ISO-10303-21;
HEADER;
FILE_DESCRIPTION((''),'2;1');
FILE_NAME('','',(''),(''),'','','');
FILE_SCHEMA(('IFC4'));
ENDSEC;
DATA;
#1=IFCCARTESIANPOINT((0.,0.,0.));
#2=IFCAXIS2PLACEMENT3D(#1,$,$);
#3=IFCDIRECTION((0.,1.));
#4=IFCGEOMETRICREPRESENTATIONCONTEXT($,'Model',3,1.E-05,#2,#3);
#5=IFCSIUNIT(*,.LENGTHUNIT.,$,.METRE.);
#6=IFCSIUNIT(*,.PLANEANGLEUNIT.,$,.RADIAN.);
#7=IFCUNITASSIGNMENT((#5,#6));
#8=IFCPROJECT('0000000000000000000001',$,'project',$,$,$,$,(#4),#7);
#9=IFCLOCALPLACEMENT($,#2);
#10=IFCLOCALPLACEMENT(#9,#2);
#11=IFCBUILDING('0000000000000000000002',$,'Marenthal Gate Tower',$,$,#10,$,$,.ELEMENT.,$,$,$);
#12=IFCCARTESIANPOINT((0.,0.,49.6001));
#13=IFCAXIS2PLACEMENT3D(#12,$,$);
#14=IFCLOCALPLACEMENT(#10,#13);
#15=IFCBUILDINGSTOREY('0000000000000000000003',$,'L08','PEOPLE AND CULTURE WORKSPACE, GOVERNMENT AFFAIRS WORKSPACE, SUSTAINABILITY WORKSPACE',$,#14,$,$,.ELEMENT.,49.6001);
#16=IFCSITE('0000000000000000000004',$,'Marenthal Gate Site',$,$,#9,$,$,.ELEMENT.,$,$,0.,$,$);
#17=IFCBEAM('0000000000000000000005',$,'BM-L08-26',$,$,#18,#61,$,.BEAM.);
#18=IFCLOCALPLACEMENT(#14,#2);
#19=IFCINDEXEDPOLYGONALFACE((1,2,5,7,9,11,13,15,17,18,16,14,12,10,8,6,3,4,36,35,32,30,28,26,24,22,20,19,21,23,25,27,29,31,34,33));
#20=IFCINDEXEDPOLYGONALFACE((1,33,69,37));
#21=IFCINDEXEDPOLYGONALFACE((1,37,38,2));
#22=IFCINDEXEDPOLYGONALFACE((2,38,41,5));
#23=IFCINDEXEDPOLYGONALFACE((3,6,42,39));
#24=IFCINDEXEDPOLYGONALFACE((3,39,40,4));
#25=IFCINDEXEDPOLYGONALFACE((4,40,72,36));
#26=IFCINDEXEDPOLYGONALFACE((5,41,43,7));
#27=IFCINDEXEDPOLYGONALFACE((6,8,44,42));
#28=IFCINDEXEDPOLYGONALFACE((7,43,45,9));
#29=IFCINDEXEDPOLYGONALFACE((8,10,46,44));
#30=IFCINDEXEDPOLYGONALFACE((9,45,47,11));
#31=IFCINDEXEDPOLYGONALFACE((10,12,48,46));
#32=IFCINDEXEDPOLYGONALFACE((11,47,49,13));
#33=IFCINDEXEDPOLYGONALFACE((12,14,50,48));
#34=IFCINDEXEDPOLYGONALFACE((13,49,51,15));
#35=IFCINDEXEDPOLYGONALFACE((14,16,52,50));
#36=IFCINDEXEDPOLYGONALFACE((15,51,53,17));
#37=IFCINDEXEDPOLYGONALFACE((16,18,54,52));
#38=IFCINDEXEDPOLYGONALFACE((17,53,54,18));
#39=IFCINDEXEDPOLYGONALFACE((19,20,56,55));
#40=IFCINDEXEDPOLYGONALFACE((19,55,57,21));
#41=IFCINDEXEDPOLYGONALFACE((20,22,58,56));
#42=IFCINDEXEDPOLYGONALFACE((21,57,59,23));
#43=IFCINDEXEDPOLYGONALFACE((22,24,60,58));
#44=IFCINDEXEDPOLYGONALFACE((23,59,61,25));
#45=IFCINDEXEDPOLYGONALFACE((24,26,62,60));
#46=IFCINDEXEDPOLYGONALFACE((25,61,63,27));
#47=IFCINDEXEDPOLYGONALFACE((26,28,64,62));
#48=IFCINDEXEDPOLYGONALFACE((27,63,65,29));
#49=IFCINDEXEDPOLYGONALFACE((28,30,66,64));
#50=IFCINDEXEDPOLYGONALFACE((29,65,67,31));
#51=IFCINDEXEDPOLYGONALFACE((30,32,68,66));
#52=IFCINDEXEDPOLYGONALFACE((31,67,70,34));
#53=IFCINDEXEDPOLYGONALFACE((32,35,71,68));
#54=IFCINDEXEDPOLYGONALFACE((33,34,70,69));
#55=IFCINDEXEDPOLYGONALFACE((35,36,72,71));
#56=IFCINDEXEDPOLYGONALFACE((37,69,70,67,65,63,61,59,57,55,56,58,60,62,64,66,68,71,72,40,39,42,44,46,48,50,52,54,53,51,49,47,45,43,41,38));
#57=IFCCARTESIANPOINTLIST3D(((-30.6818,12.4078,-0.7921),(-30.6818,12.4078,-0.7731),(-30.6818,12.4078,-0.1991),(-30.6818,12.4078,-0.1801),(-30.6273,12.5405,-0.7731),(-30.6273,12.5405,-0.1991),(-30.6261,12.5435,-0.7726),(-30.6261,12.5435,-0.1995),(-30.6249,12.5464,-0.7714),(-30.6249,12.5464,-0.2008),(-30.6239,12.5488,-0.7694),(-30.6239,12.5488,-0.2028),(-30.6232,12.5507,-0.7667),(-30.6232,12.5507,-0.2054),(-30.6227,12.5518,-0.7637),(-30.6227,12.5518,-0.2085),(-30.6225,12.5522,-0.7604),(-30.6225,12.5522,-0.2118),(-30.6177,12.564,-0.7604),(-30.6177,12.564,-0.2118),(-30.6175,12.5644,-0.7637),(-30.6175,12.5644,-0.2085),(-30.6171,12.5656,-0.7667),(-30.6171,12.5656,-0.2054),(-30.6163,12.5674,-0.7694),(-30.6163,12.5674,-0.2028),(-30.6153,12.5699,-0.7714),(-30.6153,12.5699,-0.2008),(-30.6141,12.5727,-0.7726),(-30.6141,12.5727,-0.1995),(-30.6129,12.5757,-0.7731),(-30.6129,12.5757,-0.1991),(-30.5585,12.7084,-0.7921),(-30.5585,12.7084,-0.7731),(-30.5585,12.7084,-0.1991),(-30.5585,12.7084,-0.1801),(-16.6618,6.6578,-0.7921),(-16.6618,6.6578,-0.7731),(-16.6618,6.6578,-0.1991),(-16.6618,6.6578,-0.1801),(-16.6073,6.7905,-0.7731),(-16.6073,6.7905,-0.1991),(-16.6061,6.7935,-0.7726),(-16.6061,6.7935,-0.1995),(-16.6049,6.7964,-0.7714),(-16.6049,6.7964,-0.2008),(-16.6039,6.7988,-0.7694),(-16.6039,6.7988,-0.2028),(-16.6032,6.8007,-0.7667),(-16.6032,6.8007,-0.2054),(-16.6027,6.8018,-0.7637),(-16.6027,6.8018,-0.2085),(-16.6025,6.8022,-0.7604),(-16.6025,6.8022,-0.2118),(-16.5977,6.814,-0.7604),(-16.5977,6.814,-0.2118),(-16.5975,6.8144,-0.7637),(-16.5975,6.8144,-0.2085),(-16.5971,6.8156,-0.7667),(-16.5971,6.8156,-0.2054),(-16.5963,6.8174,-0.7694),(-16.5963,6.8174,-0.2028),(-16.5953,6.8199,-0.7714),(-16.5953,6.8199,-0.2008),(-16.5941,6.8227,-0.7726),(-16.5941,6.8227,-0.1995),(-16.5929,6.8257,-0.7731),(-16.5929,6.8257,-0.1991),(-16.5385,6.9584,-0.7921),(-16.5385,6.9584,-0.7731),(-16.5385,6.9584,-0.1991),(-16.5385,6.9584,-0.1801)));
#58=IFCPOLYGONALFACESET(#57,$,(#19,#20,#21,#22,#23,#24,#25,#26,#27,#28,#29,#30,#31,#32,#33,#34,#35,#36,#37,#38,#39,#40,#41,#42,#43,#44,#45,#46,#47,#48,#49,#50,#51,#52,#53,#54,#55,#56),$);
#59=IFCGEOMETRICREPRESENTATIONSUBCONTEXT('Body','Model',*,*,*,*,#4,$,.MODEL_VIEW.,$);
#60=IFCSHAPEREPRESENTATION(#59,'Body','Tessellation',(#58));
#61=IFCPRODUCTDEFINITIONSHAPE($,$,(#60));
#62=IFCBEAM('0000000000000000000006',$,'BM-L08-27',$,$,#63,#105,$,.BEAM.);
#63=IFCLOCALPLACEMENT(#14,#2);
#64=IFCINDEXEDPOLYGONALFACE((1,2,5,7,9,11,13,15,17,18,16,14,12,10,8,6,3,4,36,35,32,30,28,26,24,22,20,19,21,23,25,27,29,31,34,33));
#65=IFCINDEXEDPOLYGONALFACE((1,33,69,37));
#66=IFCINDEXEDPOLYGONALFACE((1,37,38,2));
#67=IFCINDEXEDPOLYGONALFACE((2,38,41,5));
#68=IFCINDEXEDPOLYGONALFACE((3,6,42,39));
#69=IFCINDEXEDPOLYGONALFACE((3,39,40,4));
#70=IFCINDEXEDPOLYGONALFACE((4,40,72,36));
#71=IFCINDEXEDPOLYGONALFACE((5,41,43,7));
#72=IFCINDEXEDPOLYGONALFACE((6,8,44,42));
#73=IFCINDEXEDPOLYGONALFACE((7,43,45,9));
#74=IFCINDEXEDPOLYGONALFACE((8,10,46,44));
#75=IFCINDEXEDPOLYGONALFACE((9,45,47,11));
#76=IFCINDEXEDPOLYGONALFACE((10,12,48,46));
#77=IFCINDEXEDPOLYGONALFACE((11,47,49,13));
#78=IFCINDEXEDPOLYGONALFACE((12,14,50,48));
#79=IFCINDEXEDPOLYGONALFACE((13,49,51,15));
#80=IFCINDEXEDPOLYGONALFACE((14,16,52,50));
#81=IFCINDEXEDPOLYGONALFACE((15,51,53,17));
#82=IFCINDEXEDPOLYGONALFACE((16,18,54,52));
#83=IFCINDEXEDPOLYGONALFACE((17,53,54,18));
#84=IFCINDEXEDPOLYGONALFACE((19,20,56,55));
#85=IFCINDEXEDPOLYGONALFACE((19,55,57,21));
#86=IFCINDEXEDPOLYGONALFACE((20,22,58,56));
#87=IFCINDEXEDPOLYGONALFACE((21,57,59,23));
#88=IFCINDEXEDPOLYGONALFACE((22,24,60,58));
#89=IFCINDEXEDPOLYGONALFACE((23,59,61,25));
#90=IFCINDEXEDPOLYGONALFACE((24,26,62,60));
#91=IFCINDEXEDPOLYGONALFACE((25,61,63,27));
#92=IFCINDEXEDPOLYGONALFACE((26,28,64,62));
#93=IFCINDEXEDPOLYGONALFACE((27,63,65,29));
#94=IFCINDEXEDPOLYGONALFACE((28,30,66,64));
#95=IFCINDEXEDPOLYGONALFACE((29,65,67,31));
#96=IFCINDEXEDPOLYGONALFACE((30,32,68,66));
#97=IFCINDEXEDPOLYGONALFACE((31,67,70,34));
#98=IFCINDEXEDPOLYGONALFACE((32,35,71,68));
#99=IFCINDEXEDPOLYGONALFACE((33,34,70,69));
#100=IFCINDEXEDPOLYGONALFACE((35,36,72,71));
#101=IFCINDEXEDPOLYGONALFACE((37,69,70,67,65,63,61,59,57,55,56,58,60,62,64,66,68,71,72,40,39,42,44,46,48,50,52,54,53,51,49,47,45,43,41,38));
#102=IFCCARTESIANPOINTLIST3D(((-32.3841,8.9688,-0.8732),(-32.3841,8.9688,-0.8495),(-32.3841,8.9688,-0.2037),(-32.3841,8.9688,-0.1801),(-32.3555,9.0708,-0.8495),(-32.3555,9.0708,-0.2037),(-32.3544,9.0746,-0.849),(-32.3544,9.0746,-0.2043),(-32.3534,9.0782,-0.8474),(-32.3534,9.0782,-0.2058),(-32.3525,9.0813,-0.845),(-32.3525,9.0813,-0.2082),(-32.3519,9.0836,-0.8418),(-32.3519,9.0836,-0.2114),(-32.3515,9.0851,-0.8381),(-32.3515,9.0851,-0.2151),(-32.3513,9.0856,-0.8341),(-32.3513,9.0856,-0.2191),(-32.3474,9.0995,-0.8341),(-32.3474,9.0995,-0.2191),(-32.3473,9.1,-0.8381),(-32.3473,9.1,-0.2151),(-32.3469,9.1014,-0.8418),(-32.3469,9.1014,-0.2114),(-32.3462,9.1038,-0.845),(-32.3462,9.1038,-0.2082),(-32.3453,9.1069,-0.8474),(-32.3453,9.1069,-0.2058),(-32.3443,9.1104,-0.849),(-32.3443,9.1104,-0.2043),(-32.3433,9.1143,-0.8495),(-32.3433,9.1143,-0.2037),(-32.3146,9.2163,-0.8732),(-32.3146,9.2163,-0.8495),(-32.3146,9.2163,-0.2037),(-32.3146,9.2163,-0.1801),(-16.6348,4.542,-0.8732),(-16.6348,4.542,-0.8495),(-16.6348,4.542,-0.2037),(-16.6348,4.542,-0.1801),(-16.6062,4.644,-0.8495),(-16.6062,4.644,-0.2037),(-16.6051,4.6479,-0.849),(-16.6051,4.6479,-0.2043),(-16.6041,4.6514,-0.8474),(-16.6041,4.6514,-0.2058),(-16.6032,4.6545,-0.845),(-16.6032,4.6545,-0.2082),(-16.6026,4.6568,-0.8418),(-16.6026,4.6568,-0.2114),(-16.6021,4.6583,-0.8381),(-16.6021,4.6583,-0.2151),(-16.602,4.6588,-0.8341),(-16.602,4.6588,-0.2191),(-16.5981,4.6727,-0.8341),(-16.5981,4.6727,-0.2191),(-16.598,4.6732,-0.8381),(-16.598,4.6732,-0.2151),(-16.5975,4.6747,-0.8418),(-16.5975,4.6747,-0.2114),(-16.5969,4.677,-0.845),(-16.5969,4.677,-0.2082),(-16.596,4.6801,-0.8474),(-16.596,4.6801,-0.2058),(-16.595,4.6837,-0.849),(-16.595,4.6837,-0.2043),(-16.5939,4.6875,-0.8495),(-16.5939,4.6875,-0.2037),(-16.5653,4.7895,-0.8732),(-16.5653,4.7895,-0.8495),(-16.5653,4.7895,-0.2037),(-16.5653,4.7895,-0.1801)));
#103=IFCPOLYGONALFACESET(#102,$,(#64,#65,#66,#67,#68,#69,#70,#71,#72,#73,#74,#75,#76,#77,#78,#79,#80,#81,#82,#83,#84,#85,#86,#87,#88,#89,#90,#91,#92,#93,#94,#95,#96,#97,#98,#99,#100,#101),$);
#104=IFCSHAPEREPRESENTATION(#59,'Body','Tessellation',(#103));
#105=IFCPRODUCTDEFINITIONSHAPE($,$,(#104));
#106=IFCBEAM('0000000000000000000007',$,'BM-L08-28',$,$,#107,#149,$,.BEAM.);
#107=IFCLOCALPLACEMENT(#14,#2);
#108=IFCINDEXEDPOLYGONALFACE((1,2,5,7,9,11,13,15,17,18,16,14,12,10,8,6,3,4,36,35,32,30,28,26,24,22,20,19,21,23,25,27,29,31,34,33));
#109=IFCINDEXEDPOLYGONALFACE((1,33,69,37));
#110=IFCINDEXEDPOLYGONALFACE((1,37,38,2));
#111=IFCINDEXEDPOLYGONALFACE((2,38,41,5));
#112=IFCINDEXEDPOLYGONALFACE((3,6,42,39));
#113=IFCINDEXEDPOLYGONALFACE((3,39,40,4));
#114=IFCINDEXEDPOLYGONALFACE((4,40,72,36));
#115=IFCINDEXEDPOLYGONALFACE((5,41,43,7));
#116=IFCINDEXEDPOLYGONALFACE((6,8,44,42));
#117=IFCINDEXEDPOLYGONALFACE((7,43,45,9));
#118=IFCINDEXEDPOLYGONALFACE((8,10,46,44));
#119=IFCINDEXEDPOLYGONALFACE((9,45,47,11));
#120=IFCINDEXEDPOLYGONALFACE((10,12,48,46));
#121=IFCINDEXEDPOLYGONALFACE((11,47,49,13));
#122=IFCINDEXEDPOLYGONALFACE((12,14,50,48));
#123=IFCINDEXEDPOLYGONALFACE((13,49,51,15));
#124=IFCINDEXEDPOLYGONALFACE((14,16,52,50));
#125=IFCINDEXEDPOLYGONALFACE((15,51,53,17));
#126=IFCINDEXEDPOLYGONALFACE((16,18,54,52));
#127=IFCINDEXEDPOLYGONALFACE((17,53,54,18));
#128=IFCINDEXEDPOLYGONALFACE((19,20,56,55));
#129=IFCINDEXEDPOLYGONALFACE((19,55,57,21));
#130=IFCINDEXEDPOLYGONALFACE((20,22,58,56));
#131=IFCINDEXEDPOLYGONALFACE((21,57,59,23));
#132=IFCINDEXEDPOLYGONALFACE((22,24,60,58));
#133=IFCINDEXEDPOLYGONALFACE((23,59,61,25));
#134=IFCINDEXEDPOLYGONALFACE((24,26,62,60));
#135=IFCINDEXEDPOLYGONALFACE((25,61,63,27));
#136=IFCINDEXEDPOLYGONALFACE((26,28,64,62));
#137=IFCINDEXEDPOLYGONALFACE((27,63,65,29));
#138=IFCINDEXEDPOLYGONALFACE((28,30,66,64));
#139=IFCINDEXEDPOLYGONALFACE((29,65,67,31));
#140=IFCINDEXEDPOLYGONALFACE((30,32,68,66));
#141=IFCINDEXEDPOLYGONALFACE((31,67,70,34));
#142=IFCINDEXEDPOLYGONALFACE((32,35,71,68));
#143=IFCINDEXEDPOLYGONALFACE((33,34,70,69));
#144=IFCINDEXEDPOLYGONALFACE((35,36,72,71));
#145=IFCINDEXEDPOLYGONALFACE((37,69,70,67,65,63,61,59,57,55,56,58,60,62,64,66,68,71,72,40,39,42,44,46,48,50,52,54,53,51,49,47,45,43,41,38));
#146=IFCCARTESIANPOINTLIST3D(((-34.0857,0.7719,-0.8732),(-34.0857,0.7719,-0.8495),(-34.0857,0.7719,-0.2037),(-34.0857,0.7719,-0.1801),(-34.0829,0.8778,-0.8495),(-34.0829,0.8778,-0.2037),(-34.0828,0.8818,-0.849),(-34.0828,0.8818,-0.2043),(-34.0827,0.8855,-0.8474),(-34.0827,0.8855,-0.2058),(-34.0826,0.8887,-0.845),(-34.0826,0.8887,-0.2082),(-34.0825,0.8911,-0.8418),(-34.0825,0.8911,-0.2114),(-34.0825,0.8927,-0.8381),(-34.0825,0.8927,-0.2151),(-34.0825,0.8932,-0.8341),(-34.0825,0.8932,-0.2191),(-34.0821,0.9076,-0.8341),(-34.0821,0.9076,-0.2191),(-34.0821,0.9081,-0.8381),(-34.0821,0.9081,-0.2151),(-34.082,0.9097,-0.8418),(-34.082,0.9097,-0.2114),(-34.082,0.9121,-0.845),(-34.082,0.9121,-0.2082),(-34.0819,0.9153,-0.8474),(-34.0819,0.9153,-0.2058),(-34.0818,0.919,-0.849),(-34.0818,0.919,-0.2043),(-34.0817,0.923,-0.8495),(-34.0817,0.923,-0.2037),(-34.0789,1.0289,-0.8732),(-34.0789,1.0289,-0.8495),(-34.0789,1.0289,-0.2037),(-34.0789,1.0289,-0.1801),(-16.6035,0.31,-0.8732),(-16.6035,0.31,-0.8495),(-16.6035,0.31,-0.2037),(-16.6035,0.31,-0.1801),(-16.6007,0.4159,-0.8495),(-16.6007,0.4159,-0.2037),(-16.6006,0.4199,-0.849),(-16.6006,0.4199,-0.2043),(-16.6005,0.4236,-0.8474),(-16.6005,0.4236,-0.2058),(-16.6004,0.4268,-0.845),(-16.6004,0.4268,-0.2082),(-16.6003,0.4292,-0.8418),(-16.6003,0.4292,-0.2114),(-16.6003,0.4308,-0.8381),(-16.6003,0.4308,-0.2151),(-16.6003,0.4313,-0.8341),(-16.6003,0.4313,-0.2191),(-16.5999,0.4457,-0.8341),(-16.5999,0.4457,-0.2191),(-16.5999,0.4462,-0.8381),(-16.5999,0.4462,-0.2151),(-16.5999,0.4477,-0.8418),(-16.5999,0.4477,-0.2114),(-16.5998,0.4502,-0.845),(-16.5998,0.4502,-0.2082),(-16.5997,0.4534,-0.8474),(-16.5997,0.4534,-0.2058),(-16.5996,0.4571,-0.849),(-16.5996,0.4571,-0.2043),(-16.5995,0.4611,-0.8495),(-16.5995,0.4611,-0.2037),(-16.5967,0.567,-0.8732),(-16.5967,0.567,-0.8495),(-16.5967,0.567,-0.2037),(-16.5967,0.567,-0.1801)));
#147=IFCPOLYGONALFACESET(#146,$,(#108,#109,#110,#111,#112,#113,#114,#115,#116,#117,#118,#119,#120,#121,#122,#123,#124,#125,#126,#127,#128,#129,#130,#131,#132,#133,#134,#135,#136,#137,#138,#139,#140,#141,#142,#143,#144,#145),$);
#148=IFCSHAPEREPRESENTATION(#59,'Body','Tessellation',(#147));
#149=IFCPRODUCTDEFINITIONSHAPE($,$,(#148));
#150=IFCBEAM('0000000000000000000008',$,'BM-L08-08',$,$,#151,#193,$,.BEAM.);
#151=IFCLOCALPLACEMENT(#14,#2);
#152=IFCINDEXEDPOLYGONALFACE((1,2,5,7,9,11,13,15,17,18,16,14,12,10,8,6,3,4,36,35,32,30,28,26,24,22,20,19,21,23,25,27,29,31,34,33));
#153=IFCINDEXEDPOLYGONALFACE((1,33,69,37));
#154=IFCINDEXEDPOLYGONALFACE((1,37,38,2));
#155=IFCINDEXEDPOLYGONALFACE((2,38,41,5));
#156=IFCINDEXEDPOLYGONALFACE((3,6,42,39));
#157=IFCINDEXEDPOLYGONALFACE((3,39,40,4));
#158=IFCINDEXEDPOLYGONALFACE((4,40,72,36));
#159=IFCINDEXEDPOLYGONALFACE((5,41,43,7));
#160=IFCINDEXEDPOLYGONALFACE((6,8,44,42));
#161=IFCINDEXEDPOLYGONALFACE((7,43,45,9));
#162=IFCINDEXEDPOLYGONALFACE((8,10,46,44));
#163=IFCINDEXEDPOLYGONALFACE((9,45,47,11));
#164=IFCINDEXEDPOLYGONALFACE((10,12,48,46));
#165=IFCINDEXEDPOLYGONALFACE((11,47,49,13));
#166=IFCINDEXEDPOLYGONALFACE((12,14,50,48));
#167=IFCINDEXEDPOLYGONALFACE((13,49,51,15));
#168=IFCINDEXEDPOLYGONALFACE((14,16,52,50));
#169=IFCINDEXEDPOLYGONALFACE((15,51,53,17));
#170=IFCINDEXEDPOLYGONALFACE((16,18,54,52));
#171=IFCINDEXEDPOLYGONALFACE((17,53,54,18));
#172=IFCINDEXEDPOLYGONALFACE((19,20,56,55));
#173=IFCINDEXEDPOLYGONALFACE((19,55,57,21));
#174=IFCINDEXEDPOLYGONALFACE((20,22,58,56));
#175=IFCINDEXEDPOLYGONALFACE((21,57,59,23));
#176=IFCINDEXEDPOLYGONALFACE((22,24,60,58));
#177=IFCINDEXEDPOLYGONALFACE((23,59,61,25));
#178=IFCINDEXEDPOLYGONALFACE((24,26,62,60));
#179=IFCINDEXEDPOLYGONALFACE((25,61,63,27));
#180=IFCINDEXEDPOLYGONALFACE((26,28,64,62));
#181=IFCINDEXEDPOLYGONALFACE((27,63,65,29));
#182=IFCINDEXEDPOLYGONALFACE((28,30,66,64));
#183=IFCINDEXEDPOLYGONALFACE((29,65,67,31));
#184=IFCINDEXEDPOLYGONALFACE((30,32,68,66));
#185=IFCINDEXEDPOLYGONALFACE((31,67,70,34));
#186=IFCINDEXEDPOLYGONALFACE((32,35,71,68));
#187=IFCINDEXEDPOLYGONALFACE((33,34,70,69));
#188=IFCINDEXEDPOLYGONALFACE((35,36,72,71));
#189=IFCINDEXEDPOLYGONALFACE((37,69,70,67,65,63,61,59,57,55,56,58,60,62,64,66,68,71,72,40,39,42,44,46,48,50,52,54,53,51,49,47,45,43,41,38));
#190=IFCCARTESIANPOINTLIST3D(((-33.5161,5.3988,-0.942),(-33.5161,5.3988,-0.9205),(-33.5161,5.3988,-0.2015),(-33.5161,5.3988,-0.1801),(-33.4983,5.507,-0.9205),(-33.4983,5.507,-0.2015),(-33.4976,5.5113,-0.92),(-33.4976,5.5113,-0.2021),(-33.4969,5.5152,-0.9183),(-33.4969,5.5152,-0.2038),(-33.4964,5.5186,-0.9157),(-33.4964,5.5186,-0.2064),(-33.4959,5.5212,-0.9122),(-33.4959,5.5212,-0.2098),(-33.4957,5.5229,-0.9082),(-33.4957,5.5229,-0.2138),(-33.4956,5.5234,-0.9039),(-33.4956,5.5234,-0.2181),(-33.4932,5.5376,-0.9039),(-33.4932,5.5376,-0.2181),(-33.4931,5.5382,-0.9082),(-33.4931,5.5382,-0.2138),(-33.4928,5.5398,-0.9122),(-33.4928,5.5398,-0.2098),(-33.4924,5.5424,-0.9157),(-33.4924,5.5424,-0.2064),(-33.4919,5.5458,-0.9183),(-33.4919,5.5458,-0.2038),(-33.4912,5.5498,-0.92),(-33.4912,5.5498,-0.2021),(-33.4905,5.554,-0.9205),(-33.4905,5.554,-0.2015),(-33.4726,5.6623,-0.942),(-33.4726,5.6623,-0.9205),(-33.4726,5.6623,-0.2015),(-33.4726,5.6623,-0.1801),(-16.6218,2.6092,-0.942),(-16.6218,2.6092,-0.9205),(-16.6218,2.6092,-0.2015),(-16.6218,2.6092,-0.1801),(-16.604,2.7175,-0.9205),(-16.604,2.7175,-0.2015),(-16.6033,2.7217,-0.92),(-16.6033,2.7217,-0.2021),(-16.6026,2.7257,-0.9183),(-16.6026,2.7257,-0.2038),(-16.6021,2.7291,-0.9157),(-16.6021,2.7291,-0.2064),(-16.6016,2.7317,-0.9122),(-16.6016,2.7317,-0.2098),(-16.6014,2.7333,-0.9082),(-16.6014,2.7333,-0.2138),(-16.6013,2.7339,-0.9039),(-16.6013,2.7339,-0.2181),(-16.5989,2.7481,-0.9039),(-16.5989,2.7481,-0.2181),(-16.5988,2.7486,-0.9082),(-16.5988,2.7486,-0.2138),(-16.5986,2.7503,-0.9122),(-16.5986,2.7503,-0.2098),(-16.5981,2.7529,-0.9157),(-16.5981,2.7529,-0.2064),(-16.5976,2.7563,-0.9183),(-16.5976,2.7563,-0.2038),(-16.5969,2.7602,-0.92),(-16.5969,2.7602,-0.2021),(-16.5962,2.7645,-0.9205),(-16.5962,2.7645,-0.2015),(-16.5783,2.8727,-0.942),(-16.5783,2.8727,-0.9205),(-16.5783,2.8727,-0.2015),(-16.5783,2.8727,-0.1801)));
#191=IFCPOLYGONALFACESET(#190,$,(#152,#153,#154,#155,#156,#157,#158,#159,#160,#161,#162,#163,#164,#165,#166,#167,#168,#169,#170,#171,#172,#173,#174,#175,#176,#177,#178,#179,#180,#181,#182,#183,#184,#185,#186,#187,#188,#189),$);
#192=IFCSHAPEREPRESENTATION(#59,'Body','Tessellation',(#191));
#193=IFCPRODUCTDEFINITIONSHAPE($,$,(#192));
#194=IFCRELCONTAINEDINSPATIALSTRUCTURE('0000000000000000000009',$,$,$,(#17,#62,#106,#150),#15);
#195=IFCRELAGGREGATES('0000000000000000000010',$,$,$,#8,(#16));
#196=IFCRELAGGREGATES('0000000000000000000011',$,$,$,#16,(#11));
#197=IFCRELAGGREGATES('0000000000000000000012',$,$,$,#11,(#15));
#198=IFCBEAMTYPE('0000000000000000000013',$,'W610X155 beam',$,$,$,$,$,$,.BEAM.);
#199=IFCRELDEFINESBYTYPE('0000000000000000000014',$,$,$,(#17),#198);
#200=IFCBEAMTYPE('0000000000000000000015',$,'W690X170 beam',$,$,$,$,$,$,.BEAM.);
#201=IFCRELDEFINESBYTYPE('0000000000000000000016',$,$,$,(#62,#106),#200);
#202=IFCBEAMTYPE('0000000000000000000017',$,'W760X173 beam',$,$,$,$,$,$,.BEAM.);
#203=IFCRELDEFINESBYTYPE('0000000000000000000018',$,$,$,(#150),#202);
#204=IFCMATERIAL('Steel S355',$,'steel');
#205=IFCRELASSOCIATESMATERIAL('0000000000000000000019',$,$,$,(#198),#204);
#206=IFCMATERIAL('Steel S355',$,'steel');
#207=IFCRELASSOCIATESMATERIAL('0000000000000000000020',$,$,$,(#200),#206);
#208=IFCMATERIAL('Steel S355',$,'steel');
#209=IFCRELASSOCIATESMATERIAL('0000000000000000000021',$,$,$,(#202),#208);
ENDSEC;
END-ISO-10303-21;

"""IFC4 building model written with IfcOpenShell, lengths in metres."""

from ifc_helpers import new_model, si_unit, direction, frame, origin, origin_2d, place, context, subcontext, project, spatial, i_section, extrude, material, material_profile, profile_set, type_object, element, save


model = new_model("IFC4")

# Units and contexts
model_context = context("Model", 3, precision=1e-05, world=origin(), true_north=direction((0.0, 1.0)))
body_context = subcontext(model_context, "Body", "Model", "MODEL_VIEW")
ifc_project = project(units=[si_unit("LENGTHUNIT", "METRE"), si_unit("PLANEANGLEUNIT", "RADIAN")], contexts=[model_context])

# Site, building, storey
site_placement = place(None, origin())
site = spatial("IfcSite", under=ifc_project, at=site_placement, Name="Marenthal Gate Site", CompositionType="ELEMENT", RefElevation=0.0)
building_placement = place(site_placement, origin())
building = spatial("IfcBuilding", under=site, at=building_placement, Name="Marenthal Gate Tower", CompositionType="ELEMENT")
storey_placement = place(building_placement, frame((0.0, 0.0, 49.6001)))
storey = spatial("IfcBuildingStorey", under=building, at=storey_placement, Name="L08", Description="PEOPLE AND CULTURE WORKSPACE, GOVERNMENT AFFAIRS WORKSPACE, SUSTAINABILITY WORKSPACE", CompositionType="ELEMENT", Elevation=49.6001)

# Beams
ifc_material_1 = material(Name="Steel S355", Category="steel")
ifc_material_profile_1 = material_profile(ifc_material_1, i_section(OverallWidth=0.325, OverallDepth=0.6121, WebThickness=0.0127, FlangeThickness=0.019, FilletRadius=0.0127, at=origin_2d()), Name="W610X155")
ifc_profile_set_1 = profile_set([ifc_material_profile_1], Name="Steel S355")
beam_type_1 = type_object("IfcBeamType", Name="W610X155 beam", PredefinedType="BEAM", material=ifc_profile_set_1)
beam_1_placement = place(storey_placement, frame((-30.6201, 12.5581, -0.4861), z_axis=(0.92521, -0.379455, 0.0), x_axis=(0.379455, 0.92521, 0.0)))
element("IfcBeam", 1, at=beam_1_placement, inside=storey, type_object=beam_type_1, Name="BM-L08-26", PredefinedType="BEAM", context=body_context, shape_type="SweptSolid", body=[
    extrude(i_section(OverallWidth=0.325, OverallDepth=0.6121, WebThickness=0.0127, FlangeThickness=0.019, FilletRadius=0.0127, at=origin_2d()), origin(), (0.0, 0.0, 1.0), 15.1533),
])
ifc_material_2 = material(Name="Steel S355", Category="steel")
ifc_material_profile_2 = material_profile(ifc_material_2, i_section(OverallWidth=0.2571, OverallDepth=0.6931, WebThickness=0.0144, FlangeThickness=0.0237, FilletRadius=0.0154, at=origin_2d()), Name="W690X170")
ifc_profile_set_2 = profile_set([ifc_material_profile_2], Name="Steel S355")
beam_type_2 = type_object("IfcBeamType", Name="W690X170 beam", PredefinedType="BEAM", material=ifc_profile_set_2)
beam_2_placement = place(storey_placement, frame((-32.3494, 9.0925, -0.5266), z_axis=(0.962694, -0.270591, 0.0), x_axis=(0.270591, 0.962694, 0.0)))
element("IfcBeam", 2, at=beam_2_placement, inside=storey, type_object=beam_type_2, Name="BM-L08-27", PredefinedType="BEAM", context=body_context, shape_type="SweptSolid", body=[
    extrude(i_section(OverallWidth=0.2571, OverallDepth=0.6931, WebThickness=0.0144, FlangeThickness=0.0237, FilletRadius=0.0154, at=origin_2d()), origin(), (0.0, 0.0, 1.0), 16.3596),
])
beam_3_placement = place(storey_placement, frame((-34.0823, 0.9004, -0.5266), z_axis=(0.999651, -0.026413, 0.0), x_axis=(0.026413, 0.999651, 0.0)))
element("IfcBeam", 3, at=beam_3_placement, inside=storey, type_object=beam_type_2, Name="BM-L08-28", PredefinedType="BEAM", context=body_context, shape_type="SweptSolid", body=[
    extrude(i_section(OverallWidth=0.2571, OverallDepth=0.6931, WebThickness=0.0144, FlangeThickness=0.0237, FilletRadius=0.0154, at=origin_2d()), origin(), (0.0, 0.0, 1.0), 17.4883),
])
ifc_material_3 = material(Name="Steel S355", Category="steel")
ifc_material_profile_3 = material_profile(ifc_material_3, i_section(OverallWidth=0.2671, OverallDepth=0.762, WebThickness=0.0144, FlangeThickness=0.0215, FilletRadius=0.0166, at=origin_2d()), Name="W760X173")
ifc_profile_set_3 = profile_set([ifc_material_profile_3], Name="Steel S355")
beam_type_3 = type_object("IfcBeamType", Name="W760X173 beam", PredefinedType="BEAM", material=ifc_profile_set_3)
beam_4_placement = place(storey_placement, frame((-33.4944, 5.5305, -0.561), z_axis=(0.986641, -0.162912, 0.0), x_axis=(0.162912, 0.986641, 0.0)))
element("IfcBeam", 4, at=beam_4_placement, inside=storey, type_object=beam_type_3, Name="BM-L08-08", PredefinedType="BEAM", context=body_context, shape_type="SweptSolid", body=[
    extrude(i_section(OverallWidth=0.2671, OverallDepth=0.762, WebThickness=0.0144, FlangeThickness=0.0215, FilletRadius=0.0166, at=origin_2d()), origin(), (0.0, 0.0, 1.0), 17.123),
])

save(model, "model.ifc")
